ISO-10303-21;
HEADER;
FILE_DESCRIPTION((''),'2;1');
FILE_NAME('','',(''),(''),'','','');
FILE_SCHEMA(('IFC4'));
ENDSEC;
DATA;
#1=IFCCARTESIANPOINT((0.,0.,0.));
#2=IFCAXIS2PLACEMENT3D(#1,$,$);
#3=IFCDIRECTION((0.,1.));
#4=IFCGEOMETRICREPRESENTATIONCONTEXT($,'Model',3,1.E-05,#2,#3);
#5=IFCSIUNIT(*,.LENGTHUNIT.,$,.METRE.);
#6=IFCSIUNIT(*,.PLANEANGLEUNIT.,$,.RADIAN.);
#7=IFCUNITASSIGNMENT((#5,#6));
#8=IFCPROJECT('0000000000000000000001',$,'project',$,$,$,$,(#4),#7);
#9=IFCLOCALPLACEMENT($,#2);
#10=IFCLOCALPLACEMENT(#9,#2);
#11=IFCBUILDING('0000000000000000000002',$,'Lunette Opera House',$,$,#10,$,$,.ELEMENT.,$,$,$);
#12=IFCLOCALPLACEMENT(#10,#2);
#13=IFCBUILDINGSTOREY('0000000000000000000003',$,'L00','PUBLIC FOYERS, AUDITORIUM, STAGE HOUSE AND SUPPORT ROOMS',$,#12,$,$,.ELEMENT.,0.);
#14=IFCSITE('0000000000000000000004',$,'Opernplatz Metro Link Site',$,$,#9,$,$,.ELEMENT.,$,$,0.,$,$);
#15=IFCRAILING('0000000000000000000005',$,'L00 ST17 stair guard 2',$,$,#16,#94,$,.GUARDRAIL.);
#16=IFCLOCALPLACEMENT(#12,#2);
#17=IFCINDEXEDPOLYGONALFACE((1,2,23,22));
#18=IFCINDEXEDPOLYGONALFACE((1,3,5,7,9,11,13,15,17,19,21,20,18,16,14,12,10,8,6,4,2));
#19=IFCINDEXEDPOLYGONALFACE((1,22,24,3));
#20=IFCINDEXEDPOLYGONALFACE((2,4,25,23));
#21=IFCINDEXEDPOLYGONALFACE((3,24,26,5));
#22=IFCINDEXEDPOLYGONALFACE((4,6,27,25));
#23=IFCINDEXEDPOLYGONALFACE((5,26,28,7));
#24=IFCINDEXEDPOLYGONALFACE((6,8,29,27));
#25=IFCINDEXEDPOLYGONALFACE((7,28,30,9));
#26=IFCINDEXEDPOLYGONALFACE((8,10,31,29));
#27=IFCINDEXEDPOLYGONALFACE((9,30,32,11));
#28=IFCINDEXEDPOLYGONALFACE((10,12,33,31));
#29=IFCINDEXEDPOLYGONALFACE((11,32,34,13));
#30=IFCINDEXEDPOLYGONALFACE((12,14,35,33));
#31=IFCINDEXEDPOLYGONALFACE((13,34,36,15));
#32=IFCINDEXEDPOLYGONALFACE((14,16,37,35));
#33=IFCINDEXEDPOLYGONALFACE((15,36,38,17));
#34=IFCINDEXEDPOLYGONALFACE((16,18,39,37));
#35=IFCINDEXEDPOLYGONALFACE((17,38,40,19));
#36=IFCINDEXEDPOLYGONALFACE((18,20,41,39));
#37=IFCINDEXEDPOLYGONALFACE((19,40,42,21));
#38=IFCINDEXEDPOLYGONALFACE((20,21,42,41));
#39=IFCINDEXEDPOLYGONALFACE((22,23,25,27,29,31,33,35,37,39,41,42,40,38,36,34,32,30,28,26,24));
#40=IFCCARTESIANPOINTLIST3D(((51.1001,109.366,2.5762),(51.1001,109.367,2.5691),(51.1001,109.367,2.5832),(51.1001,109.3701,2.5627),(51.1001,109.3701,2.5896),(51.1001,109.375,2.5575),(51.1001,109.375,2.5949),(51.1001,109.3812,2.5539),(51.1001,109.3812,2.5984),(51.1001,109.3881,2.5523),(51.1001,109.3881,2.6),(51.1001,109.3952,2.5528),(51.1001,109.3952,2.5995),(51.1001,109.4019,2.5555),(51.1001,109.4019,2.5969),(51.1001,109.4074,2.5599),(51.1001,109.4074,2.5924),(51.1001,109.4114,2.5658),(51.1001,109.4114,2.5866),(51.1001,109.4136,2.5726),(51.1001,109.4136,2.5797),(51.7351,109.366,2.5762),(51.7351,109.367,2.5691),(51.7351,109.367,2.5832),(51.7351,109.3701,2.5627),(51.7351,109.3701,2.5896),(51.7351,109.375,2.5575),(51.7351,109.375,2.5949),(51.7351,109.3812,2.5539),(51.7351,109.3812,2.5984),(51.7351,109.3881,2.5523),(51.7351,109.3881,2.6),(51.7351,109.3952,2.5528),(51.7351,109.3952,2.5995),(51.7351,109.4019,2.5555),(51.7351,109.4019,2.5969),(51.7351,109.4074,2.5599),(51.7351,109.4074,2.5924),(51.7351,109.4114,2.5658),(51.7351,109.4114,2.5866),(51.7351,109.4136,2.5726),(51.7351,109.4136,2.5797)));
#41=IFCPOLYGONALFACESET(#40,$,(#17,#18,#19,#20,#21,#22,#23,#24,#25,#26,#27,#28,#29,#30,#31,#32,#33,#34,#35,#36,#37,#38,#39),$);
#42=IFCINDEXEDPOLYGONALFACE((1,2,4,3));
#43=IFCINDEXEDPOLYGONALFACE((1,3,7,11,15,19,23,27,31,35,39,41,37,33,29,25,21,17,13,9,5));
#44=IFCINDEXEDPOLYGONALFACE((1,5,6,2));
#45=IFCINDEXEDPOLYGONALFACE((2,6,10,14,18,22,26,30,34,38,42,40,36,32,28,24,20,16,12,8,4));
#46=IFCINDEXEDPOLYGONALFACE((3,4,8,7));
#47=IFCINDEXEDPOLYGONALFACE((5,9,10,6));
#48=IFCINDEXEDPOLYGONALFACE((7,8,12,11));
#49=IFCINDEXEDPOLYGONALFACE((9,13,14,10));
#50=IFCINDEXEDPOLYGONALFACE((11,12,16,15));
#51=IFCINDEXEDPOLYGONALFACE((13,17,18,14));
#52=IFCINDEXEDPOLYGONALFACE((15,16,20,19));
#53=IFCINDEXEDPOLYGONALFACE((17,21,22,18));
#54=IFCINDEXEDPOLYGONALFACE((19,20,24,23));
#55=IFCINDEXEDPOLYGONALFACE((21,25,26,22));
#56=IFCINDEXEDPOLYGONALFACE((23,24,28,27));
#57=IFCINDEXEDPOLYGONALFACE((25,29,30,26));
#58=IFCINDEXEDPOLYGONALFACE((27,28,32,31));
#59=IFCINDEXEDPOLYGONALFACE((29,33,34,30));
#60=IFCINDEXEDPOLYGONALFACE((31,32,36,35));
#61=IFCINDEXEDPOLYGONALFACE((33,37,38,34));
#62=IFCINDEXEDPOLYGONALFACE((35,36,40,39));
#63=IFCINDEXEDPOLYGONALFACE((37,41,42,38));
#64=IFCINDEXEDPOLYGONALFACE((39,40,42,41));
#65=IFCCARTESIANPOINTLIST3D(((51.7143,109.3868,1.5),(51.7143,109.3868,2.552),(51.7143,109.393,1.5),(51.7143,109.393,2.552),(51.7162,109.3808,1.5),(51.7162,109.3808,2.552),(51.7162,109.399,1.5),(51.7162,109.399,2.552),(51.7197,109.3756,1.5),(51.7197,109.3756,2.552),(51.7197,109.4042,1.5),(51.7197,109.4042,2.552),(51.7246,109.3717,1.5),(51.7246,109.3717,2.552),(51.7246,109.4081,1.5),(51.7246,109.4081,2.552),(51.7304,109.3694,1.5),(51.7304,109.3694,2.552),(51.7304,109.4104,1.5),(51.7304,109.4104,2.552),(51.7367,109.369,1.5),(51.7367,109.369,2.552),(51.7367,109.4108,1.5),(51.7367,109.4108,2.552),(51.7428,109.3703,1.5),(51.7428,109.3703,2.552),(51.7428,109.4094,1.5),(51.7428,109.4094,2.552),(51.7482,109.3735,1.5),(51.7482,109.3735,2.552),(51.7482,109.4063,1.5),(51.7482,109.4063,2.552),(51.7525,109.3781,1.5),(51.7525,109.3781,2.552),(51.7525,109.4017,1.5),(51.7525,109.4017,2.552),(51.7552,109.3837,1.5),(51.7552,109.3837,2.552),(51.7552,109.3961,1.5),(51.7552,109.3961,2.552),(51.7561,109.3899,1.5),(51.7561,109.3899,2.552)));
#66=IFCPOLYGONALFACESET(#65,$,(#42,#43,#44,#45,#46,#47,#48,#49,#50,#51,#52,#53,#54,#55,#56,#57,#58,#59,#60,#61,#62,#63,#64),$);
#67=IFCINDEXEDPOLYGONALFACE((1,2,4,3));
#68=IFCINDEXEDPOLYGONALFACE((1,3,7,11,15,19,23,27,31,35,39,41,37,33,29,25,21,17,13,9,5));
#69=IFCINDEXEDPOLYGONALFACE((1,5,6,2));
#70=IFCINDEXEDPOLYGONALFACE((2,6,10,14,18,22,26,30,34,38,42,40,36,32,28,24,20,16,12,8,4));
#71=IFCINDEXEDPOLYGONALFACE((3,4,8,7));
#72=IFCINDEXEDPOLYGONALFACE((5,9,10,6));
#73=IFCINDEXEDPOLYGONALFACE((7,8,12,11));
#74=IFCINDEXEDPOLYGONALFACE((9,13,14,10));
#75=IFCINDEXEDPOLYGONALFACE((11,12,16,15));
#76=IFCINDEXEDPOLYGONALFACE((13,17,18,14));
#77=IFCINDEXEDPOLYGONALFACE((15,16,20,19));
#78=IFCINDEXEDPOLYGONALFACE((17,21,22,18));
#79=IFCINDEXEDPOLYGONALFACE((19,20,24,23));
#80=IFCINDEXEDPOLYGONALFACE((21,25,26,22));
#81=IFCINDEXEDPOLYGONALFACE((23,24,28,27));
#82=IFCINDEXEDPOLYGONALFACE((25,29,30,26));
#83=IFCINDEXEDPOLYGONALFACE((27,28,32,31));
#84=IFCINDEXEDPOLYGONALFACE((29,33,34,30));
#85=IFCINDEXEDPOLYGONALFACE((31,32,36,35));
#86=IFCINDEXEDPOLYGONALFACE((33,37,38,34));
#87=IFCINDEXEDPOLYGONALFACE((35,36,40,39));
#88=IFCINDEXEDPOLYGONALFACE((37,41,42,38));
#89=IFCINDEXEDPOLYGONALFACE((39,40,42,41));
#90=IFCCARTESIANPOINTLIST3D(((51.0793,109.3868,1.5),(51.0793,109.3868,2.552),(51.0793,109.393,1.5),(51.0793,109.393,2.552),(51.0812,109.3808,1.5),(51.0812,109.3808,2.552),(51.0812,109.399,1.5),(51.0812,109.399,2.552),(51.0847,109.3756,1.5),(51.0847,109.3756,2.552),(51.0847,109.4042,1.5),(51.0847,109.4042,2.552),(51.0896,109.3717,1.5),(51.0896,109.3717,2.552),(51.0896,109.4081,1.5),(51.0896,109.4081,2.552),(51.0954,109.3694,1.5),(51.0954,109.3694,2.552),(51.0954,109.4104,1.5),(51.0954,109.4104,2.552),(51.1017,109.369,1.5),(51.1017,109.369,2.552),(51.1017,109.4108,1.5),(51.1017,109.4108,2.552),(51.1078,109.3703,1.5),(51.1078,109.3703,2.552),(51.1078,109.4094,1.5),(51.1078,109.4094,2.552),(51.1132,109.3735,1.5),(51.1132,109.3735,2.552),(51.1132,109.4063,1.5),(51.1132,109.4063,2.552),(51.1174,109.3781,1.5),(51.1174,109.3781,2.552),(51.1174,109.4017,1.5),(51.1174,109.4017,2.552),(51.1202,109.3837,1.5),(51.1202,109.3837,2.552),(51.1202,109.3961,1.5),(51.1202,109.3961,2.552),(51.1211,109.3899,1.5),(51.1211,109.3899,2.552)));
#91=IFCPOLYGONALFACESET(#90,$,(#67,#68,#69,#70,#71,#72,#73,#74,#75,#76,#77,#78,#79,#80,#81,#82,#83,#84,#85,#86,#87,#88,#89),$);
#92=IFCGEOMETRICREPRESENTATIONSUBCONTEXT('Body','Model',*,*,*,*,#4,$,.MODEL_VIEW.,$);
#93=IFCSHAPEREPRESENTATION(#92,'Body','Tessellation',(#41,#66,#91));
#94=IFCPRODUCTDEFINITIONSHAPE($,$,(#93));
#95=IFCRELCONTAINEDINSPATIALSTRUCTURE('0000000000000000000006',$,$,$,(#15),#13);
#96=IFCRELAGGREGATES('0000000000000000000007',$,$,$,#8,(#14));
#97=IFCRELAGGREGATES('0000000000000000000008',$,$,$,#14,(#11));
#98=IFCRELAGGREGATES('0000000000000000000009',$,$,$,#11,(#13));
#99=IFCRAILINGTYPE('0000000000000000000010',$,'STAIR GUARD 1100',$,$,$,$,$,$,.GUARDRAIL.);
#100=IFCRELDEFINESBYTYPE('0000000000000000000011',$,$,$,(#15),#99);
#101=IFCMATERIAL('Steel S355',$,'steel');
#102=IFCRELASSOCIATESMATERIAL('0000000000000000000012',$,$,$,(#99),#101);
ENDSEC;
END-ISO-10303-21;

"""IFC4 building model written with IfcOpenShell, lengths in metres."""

from ifc_helpers import new_model, si_unit, direction, frame, origin, origin_2d, place, context, subcontext, project, spatial, circle, extrude, material, type_object, element, save


model = new_model("IFC4")

# Units and contexts
model_context = context("Model", 3, precision=1e-05, world=origin(), true_north=direction((0.0, 1.0)))
body_context = subcontext(model_context, "Body", "Model", "MODEL_VIEW")
ifc_project = project(units=[si_unit("LENGTHUNIT", "METRE"), si_unit("PLANEANGLEUNIT", "RADIAN")], contexts=[model_context])

# Site, building, storey
site_placement = place(None, origin())
site = spatial("IfcSite", under=ifc_project, at=site_placement, Name="Opernplatz Metro Link Site", CompositionType="ELEMENT", RefElevation=0.0)
building_placement = place(site_placement, origin())
building = spatial("IfcBuilding", under=site, at=building_placement, Name="Lunette Opera House", CompositionType="ELEMENT")
storey_placement = place(building_placement, origin())
storey = spatial("IfcBuildingStorey", under=building, at=storey_placement, Name="L00", Description="PUBLIC FOYERS, AUDITORIUM, STAGE HOUSE AND SUPPORT ROOMS", CompositionType="ELEMENT", Elevation=0.0)

# Railing
ifc_material_1 = material(Name="Steel S355", Category="steel")
railing_type_1 = type_object("IfcRailingType", Name="STAIR GUARD 1100", PredefinedType="GUARDRAIL", material=ifc_material_1)
railing_1_placement = place(storey_placement, frame((51.7351, 109.3899, 1.5)))
element("IfcRailing", 1, at=railing_1_placement, inside=storey, type_object=railing_type_1, Name="L00 ST17 stair guard 2", PredefinedType="GUARDRAIL", context=body_context, shape_type="SweptSolid", body=[
    extrude(circle(Radius=0.0239, at=origin_2d()), frame((0.0, 0.0, 1.0762), z_axis=(-1.0, 0.0, 0.0), x_axis=(0.0, -1.0, 0.0)), (0.0, 0.0, 1.0), 0.635),
    extrude(circle(Radius=0.021, at=origin_2d()), origin(), (0.0, 0.0, 1.0), 1.052),
    extrude(circle(Radius=0.021, at=origin_2d()), frame((-0.635, 0.0, 0.0)), (0.0, 0.0, 1.0), 1.052),
])

save(model, "model.ifc")
